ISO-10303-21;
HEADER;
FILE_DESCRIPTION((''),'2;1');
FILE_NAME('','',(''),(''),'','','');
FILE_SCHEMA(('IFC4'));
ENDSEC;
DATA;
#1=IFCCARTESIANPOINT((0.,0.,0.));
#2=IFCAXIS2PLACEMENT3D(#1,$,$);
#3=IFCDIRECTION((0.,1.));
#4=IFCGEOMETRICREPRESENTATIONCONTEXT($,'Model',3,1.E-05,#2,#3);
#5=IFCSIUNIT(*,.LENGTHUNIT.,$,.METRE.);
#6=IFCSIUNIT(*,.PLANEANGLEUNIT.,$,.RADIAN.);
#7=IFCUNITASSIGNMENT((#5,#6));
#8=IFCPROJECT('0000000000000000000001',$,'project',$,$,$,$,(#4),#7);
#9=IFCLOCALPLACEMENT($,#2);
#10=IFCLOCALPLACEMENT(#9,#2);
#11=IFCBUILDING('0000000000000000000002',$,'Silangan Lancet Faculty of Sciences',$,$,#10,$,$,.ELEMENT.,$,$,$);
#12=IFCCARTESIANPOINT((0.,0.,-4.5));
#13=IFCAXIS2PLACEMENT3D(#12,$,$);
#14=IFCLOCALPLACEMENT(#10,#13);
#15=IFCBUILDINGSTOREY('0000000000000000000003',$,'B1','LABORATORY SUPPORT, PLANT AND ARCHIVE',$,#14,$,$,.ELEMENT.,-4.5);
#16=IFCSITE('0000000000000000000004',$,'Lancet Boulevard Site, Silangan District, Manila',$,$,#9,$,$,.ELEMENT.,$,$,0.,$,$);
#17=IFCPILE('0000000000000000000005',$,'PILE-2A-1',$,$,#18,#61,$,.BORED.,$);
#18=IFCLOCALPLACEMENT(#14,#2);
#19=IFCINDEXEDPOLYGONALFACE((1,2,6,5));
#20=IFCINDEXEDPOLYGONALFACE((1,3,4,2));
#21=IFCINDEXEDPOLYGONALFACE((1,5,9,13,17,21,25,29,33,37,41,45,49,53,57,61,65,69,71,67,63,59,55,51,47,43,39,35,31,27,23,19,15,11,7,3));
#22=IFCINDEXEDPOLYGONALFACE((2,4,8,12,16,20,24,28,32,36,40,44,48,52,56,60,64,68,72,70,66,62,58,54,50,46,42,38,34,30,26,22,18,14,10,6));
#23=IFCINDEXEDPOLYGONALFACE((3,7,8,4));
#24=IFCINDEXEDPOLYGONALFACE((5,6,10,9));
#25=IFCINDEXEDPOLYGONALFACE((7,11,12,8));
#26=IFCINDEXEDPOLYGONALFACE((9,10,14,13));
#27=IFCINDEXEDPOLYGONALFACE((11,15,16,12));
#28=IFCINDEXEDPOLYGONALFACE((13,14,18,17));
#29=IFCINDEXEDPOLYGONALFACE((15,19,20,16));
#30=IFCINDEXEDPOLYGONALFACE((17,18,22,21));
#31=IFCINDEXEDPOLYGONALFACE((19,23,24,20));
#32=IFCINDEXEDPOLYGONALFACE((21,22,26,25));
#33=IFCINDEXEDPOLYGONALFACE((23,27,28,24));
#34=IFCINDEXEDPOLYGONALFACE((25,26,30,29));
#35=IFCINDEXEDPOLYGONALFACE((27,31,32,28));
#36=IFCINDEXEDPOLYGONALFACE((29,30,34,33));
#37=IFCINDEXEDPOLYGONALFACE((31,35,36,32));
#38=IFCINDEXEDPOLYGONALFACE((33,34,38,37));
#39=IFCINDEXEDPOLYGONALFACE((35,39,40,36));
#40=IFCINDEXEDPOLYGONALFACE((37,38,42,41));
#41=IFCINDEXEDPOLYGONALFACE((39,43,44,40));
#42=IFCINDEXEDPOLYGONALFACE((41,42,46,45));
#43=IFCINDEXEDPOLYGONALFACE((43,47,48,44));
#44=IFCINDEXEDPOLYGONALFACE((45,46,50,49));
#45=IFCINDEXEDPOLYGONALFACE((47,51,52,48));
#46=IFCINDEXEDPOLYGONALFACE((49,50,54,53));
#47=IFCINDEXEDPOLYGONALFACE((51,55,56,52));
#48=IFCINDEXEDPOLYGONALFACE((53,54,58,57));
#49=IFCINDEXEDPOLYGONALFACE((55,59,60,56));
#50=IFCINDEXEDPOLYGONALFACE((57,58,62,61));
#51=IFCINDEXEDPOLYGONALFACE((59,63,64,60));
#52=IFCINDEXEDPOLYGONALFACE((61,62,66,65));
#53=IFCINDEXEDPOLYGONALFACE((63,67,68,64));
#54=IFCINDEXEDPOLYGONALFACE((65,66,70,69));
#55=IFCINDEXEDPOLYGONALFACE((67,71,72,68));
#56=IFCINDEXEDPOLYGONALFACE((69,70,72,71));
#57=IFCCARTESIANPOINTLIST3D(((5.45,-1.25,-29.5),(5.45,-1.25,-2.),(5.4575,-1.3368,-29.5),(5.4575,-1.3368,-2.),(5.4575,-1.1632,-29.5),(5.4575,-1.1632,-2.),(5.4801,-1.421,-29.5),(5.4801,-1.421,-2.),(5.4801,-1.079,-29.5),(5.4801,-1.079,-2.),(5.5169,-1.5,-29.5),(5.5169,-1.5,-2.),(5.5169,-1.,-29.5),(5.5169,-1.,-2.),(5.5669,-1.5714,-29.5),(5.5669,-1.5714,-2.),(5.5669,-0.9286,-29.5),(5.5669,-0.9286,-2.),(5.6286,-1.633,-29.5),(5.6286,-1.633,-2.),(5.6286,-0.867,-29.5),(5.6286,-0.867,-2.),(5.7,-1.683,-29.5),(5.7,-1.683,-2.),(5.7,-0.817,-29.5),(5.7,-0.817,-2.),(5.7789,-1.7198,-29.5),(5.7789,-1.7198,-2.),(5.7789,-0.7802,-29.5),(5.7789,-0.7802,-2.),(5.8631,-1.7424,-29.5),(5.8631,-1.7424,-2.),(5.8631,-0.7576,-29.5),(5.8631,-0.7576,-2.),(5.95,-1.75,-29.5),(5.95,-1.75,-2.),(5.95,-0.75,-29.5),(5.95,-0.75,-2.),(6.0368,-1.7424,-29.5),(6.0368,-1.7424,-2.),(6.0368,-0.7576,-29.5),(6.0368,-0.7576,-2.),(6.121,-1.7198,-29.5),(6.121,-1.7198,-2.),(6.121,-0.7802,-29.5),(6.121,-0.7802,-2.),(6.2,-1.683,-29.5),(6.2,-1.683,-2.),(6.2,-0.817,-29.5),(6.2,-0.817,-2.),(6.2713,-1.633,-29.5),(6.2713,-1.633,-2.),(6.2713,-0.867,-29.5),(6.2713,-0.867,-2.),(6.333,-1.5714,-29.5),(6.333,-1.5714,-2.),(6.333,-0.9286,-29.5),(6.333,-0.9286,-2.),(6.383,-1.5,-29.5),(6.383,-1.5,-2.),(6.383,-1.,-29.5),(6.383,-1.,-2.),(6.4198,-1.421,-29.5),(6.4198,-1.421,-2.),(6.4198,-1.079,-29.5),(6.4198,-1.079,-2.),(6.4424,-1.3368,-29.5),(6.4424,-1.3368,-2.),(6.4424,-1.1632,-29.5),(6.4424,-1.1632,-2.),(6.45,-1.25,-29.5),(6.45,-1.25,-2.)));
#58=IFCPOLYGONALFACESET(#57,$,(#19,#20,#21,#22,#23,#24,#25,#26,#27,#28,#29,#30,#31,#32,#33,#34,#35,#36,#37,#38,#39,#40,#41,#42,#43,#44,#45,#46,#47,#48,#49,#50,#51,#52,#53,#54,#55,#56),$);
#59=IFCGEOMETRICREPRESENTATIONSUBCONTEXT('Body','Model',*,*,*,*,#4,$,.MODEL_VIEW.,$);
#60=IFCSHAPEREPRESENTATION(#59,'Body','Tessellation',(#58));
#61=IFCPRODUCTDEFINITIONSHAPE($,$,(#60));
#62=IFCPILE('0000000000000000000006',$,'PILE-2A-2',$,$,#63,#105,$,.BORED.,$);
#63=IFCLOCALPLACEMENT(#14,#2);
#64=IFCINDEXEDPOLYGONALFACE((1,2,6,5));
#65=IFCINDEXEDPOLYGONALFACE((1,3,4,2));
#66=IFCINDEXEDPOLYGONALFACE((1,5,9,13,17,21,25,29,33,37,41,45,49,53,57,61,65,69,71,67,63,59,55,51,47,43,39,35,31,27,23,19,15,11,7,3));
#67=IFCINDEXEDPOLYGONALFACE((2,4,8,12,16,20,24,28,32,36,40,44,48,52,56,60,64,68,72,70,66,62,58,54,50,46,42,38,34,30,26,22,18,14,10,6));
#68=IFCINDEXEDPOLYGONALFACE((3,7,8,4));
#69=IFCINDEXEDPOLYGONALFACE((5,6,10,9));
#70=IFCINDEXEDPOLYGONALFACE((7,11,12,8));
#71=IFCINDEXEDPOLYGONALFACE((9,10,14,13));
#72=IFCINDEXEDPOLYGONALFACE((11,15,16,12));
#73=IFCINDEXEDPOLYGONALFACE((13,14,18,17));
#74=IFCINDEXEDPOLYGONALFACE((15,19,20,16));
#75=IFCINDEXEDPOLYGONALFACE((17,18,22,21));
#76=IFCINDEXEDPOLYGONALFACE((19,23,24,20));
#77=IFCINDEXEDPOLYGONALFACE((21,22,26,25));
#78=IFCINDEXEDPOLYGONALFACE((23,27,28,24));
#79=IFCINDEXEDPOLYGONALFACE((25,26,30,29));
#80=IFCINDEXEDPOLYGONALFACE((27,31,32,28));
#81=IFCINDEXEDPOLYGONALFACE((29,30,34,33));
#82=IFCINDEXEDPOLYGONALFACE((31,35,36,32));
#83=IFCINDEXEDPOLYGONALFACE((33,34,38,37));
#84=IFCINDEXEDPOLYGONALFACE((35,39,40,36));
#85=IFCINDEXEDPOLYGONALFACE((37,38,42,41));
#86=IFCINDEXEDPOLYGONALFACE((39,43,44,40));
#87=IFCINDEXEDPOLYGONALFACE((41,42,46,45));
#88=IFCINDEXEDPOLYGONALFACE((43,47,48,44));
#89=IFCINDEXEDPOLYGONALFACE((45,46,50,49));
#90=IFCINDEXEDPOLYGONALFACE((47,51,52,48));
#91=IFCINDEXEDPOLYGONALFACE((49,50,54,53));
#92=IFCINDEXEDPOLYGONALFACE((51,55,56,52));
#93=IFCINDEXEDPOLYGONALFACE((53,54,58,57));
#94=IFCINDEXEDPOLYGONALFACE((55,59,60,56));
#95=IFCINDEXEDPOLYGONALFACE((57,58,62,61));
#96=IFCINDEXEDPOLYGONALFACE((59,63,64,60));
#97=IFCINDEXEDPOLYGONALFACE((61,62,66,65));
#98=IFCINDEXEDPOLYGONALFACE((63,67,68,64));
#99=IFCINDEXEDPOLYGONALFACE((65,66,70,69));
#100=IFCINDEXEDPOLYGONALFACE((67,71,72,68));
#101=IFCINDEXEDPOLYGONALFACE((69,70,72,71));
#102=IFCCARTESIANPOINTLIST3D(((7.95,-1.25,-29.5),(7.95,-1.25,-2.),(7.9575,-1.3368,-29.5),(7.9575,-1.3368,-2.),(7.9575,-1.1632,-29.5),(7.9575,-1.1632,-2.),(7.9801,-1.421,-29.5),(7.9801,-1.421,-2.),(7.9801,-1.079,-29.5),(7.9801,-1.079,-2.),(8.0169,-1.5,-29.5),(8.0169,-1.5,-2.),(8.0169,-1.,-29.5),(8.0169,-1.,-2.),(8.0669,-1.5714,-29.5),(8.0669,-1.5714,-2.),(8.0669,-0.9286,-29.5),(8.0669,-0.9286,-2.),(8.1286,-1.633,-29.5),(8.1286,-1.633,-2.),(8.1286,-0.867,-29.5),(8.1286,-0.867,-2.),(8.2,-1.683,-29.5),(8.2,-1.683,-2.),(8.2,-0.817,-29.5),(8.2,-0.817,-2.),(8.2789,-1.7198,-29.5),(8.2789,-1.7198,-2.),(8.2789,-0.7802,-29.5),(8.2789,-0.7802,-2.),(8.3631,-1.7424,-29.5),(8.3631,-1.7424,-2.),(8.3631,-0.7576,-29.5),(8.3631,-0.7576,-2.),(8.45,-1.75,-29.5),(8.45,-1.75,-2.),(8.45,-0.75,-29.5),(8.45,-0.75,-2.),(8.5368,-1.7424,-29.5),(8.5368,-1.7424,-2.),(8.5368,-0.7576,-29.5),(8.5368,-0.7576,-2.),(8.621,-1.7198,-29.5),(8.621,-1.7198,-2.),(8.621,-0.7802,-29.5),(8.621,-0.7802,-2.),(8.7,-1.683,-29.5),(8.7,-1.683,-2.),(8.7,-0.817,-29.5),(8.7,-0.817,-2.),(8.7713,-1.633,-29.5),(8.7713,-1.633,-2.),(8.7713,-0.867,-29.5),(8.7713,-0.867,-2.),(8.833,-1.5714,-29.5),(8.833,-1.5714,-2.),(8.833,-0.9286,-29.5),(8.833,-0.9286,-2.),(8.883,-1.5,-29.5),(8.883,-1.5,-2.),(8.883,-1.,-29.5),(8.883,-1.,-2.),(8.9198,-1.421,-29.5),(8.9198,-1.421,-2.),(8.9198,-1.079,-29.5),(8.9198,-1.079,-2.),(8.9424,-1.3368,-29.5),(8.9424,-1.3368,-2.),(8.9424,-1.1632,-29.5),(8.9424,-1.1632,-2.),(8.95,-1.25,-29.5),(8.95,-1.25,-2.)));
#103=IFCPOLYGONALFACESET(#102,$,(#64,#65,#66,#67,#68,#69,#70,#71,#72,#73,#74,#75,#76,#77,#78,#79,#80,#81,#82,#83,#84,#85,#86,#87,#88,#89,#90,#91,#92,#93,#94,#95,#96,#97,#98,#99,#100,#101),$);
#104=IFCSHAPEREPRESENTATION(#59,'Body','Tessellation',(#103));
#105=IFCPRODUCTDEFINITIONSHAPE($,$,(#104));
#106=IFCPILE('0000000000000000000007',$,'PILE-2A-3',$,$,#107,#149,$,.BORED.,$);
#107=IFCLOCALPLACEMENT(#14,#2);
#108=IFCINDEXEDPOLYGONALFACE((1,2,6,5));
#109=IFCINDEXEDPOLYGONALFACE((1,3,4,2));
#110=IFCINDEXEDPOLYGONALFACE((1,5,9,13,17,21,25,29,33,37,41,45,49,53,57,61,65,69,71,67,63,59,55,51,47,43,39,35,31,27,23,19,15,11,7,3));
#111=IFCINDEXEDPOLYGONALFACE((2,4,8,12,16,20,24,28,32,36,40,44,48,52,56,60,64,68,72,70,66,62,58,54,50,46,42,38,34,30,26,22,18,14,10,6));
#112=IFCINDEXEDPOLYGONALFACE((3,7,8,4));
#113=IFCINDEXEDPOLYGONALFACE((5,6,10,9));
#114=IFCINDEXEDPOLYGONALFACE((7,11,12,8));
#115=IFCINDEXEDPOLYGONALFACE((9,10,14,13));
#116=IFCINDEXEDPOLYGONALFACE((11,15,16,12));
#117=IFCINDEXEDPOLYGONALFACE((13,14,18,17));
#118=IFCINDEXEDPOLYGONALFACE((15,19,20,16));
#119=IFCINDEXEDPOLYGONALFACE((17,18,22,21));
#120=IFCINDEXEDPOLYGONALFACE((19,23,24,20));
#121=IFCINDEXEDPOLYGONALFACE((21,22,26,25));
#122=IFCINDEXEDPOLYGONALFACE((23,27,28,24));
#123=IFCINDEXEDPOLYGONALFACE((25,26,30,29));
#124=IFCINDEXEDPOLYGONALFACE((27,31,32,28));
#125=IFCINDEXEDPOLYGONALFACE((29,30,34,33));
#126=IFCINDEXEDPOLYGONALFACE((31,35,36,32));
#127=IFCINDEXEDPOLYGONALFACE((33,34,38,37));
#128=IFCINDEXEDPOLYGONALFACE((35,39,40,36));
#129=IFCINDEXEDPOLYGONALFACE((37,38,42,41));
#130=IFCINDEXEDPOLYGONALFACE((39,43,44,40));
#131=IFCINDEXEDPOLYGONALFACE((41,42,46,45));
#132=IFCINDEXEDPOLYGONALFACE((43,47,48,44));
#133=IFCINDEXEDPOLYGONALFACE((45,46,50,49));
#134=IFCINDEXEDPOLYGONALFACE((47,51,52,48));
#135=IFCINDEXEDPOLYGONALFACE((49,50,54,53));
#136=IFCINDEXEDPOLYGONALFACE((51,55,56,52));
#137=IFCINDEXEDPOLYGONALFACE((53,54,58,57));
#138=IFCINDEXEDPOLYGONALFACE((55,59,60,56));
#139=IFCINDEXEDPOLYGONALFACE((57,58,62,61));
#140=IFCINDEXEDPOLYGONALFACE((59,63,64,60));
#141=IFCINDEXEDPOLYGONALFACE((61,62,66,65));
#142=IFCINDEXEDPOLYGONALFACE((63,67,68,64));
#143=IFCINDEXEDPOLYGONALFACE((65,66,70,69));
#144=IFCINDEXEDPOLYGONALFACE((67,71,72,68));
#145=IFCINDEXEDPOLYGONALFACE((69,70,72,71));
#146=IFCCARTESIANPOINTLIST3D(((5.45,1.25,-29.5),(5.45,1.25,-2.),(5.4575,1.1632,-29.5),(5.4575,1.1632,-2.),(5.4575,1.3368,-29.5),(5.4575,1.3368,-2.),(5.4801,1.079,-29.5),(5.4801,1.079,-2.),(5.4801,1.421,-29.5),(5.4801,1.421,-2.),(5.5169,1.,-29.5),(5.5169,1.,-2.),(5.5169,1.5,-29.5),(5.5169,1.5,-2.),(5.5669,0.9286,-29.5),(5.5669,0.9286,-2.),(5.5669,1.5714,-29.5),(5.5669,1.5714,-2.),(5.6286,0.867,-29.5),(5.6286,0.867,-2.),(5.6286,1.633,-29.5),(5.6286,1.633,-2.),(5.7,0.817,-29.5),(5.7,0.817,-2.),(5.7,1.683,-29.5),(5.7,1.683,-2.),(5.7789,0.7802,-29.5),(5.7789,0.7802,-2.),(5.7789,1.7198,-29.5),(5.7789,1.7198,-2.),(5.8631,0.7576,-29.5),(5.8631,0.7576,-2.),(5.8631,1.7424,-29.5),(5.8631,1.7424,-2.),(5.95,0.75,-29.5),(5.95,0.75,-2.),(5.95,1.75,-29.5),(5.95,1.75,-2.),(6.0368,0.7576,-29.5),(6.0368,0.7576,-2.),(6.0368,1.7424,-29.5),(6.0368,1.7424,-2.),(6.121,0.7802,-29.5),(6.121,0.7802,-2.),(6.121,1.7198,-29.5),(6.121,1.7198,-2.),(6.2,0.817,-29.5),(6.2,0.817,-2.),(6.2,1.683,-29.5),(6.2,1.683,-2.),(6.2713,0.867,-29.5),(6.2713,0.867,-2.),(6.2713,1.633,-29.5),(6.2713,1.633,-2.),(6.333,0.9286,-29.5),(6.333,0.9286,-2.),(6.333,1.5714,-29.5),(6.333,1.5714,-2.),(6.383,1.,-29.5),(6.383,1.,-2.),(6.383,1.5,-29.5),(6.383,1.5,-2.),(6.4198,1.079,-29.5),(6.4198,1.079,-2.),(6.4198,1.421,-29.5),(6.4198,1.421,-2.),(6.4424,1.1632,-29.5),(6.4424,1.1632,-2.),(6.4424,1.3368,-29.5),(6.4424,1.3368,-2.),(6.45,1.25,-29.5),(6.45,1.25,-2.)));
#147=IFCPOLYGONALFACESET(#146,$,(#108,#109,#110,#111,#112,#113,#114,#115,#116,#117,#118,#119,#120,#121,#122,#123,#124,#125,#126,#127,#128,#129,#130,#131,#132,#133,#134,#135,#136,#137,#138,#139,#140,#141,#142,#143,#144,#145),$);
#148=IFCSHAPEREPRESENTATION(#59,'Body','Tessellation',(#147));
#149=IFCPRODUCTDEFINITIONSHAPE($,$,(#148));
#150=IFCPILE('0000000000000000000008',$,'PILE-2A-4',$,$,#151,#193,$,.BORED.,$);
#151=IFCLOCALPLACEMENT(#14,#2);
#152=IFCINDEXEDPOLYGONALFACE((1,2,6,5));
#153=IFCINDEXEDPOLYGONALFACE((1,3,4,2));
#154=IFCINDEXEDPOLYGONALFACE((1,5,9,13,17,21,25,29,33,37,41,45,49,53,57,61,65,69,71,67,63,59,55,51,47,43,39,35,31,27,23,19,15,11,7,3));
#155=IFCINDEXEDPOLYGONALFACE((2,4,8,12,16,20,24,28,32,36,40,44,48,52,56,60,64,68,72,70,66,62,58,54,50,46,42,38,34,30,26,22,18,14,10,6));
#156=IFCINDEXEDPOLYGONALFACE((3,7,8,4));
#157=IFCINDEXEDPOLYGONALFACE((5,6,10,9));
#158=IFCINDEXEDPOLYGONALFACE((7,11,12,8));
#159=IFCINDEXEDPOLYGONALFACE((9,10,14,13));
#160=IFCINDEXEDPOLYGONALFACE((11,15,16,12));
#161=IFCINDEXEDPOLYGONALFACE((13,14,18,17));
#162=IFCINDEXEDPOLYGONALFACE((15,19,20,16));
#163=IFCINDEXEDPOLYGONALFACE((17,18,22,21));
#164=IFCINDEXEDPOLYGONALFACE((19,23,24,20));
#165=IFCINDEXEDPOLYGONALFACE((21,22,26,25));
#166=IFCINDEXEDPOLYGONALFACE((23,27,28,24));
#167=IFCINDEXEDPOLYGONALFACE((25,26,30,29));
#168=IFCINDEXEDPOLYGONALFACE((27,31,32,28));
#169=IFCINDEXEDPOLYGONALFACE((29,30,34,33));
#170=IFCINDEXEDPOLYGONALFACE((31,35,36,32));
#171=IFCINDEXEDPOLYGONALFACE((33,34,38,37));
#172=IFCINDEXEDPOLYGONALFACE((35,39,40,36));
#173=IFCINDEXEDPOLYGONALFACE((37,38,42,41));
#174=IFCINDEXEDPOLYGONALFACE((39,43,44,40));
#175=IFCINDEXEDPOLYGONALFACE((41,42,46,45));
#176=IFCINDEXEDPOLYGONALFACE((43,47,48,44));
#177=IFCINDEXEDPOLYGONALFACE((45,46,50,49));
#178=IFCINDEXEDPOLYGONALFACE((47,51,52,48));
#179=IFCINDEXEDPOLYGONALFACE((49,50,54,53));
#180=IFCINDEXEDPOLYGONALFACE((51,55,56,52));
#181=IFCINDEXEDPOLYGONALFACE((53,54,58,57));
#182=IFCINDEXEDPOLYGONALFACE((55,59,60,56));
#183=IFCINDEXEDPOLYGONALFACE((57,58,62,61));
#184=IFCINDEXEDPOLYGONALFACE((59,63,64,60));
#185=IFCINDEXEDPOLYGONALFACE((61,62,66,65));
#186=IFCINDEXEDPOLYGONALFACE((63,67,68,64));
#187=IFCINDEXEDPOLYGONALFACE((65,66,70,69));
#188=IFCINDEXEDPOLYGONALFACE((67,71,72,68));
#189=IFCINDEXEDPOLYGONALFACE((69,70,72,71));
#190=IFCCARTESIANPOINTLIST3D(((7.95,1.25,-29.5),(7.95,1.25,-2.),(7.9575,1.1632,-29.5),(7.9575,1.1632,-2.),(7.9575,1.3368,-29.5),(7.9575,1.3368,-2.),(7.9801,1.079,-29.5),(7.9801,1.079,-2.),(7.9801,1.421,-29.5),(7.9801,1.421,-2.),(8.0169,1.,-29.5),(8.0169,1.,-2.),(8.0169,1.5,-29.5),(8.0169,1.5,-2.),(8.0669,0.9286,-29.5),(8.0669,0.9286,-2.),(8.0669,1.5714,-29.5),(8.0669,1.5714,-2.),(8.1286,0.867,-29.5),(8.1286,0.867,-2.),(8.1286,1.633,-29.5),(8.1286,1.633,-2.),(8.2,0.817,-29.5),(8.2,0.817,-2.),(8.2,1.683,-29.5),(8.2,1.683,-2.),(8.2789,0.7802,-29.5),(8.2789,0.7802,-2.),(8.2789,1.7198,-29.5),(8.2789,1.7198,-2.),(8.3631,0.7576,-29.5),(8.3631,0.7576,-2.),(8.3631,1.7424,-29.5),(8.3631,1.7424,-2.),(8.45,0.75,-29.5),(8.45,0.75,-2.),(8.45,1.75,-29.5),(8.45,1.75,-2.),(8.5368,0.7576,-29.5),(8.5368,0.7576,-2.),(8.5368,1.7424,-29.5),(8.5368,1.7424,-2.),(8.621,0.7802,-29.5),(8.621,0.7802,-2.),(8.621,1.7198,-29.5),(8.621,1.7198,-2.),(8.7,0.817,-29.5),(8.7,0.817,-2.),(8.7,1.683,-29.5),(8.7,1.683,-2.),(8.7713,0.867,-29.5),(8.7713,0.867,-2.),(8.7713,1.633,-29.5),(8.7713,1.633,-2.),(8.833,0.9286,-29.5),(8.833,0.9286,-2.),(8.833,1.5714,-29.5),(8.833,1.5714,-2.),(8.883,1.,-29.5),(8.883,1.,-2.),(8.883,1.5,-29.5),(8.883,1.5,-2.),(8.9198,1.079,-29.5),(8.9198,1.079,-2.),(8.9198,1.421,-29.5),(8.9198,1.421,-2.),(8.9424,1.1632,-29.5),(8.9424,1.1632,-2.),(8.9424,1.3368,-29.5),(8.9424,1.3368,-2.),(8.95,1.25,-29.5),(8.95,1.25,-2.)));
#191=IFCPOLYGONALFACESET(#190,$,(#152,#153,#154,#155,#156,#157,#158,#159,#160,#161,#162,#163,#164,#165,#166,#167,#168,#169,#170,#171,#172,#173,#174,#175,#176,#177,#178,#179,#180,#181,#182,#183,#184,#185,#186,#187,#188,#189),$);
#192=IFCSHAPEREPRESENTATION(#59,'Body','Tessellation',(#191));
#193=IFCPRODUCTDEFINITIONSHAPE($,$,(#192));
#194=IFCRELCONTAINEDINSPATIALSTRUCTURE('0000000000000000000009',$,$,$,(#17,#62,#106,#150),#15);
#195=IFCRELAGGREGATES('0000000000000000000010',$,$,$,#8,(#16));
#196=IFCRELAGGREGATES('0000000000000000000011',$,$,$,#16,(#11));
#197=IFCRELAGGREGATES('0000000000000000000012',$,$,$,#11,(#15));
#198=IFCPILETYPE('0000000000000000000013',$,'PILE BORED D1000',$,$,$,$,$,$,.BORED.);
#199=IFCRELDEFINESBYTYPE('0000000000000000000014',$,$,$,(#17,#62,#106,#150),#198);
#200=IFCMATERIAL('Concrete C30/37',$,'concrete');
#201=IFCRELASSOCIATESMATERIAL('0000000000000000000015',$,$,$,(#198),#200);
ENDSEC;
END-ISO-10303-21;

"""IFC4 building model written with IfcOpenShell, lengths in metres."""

from ifc_helpers import new_model, si_unit, direction, frame, origin, origin_2d, place, context, subcontext, project, spatial, circle, extrude, material, material_profile, profile_set, type_object, element, save


model = new_model("IFC4")

# Units and contexts
model_context = context("Model", 3, precision=1e-05, world=origin(), true_north=direction((0.0, 1.0)))
body_context = subcontext(model_context, "Body", "Model", "MODEL_VIEW")
ifc_project = project(units=[si_unit("LENGTHUNIT", "METRE"), si_unit("PLANEANGLEUNIT", "RADIAN")], contexts=[model_context])

# Site, building, storey
site_placement = place(None, origin())
site = spatial("IfcSite", under=ifc_project, at=site_placement, Name="Lancet Boulevard Site, Silangan District, Manila", CompositionType="ELEMENT", RefElevation=0.0)
building_placement = place(site_placement, origin())
building = spatial("IfcBuilding", under=site, at=building_placement, Name="Silangan Lancet Faculty of Sciences", CompositionType="ELEMENT")
storey_placement = place(building_placement, frame((0.0, 0.0, -4.5)))
storey = spatial("IfcBuildingStorey", under=building, at=storey_placement, Name="B1", Description="LABORATORY SUPPORT, PLANT AND ARCHIVE", CompositionType="ELEMENT", Elevation=-4.5)

# Piles
ifc_material_1 = material(Name="Concrete C30/37", Category="concrete")
ifc_material_profile_1 = material_profile(ifc_material_1, circle(Radius=0.5, at=origin_2d()), Name="BORED PILE D1000")
ifc_profile_set_1 = profile_set([ifc_material_profile_1], Name="Concrete C30/37")
pile_type_1 = type_object("IfcPileType", Name="PILE BORED D1000", PredefinedType="BORED", material=ifc_profile_set_1)
for number, where, z_axis, x_axis, name in (
    (1, (5.95, -1.25, -2.0), (0.0, 0.0, -1.0), (1.0, 0.0, 0.0), "PILE-2A-1"),
    (2, (8.45, -1.25, -2.0), (0.0, 0.0, -1.0), (1.0, 0.0, 0.0), "PILE-2A-2"),
    (3, (5.95, 1.25, -2.0), (0.0, 0.0, -1.0), (1.0, 0.0, 0.0), "PILE-2A-3"),
    (4, (8.45, 1.25, -2.0), (0.0, 0.0, -1.0), (1.0, 0.0, 0.0), "PILE-2A-4"),
):
    element("IfcPile", number, at=place(storey_placement, frame(where, z_axis=z_axis, x_axis=x_axis)), inside=storey, type_object=pile_type_1, Name=name, PredefinedType="BORED", context=body_context, shape_type="SweptSolid", body=[
        extrude(circle(Radius=0.5, at=origin_2d()), origin(), (0.0, 0.0, 1.0), 27.5),
    ])

save(model, "model.ifc")
